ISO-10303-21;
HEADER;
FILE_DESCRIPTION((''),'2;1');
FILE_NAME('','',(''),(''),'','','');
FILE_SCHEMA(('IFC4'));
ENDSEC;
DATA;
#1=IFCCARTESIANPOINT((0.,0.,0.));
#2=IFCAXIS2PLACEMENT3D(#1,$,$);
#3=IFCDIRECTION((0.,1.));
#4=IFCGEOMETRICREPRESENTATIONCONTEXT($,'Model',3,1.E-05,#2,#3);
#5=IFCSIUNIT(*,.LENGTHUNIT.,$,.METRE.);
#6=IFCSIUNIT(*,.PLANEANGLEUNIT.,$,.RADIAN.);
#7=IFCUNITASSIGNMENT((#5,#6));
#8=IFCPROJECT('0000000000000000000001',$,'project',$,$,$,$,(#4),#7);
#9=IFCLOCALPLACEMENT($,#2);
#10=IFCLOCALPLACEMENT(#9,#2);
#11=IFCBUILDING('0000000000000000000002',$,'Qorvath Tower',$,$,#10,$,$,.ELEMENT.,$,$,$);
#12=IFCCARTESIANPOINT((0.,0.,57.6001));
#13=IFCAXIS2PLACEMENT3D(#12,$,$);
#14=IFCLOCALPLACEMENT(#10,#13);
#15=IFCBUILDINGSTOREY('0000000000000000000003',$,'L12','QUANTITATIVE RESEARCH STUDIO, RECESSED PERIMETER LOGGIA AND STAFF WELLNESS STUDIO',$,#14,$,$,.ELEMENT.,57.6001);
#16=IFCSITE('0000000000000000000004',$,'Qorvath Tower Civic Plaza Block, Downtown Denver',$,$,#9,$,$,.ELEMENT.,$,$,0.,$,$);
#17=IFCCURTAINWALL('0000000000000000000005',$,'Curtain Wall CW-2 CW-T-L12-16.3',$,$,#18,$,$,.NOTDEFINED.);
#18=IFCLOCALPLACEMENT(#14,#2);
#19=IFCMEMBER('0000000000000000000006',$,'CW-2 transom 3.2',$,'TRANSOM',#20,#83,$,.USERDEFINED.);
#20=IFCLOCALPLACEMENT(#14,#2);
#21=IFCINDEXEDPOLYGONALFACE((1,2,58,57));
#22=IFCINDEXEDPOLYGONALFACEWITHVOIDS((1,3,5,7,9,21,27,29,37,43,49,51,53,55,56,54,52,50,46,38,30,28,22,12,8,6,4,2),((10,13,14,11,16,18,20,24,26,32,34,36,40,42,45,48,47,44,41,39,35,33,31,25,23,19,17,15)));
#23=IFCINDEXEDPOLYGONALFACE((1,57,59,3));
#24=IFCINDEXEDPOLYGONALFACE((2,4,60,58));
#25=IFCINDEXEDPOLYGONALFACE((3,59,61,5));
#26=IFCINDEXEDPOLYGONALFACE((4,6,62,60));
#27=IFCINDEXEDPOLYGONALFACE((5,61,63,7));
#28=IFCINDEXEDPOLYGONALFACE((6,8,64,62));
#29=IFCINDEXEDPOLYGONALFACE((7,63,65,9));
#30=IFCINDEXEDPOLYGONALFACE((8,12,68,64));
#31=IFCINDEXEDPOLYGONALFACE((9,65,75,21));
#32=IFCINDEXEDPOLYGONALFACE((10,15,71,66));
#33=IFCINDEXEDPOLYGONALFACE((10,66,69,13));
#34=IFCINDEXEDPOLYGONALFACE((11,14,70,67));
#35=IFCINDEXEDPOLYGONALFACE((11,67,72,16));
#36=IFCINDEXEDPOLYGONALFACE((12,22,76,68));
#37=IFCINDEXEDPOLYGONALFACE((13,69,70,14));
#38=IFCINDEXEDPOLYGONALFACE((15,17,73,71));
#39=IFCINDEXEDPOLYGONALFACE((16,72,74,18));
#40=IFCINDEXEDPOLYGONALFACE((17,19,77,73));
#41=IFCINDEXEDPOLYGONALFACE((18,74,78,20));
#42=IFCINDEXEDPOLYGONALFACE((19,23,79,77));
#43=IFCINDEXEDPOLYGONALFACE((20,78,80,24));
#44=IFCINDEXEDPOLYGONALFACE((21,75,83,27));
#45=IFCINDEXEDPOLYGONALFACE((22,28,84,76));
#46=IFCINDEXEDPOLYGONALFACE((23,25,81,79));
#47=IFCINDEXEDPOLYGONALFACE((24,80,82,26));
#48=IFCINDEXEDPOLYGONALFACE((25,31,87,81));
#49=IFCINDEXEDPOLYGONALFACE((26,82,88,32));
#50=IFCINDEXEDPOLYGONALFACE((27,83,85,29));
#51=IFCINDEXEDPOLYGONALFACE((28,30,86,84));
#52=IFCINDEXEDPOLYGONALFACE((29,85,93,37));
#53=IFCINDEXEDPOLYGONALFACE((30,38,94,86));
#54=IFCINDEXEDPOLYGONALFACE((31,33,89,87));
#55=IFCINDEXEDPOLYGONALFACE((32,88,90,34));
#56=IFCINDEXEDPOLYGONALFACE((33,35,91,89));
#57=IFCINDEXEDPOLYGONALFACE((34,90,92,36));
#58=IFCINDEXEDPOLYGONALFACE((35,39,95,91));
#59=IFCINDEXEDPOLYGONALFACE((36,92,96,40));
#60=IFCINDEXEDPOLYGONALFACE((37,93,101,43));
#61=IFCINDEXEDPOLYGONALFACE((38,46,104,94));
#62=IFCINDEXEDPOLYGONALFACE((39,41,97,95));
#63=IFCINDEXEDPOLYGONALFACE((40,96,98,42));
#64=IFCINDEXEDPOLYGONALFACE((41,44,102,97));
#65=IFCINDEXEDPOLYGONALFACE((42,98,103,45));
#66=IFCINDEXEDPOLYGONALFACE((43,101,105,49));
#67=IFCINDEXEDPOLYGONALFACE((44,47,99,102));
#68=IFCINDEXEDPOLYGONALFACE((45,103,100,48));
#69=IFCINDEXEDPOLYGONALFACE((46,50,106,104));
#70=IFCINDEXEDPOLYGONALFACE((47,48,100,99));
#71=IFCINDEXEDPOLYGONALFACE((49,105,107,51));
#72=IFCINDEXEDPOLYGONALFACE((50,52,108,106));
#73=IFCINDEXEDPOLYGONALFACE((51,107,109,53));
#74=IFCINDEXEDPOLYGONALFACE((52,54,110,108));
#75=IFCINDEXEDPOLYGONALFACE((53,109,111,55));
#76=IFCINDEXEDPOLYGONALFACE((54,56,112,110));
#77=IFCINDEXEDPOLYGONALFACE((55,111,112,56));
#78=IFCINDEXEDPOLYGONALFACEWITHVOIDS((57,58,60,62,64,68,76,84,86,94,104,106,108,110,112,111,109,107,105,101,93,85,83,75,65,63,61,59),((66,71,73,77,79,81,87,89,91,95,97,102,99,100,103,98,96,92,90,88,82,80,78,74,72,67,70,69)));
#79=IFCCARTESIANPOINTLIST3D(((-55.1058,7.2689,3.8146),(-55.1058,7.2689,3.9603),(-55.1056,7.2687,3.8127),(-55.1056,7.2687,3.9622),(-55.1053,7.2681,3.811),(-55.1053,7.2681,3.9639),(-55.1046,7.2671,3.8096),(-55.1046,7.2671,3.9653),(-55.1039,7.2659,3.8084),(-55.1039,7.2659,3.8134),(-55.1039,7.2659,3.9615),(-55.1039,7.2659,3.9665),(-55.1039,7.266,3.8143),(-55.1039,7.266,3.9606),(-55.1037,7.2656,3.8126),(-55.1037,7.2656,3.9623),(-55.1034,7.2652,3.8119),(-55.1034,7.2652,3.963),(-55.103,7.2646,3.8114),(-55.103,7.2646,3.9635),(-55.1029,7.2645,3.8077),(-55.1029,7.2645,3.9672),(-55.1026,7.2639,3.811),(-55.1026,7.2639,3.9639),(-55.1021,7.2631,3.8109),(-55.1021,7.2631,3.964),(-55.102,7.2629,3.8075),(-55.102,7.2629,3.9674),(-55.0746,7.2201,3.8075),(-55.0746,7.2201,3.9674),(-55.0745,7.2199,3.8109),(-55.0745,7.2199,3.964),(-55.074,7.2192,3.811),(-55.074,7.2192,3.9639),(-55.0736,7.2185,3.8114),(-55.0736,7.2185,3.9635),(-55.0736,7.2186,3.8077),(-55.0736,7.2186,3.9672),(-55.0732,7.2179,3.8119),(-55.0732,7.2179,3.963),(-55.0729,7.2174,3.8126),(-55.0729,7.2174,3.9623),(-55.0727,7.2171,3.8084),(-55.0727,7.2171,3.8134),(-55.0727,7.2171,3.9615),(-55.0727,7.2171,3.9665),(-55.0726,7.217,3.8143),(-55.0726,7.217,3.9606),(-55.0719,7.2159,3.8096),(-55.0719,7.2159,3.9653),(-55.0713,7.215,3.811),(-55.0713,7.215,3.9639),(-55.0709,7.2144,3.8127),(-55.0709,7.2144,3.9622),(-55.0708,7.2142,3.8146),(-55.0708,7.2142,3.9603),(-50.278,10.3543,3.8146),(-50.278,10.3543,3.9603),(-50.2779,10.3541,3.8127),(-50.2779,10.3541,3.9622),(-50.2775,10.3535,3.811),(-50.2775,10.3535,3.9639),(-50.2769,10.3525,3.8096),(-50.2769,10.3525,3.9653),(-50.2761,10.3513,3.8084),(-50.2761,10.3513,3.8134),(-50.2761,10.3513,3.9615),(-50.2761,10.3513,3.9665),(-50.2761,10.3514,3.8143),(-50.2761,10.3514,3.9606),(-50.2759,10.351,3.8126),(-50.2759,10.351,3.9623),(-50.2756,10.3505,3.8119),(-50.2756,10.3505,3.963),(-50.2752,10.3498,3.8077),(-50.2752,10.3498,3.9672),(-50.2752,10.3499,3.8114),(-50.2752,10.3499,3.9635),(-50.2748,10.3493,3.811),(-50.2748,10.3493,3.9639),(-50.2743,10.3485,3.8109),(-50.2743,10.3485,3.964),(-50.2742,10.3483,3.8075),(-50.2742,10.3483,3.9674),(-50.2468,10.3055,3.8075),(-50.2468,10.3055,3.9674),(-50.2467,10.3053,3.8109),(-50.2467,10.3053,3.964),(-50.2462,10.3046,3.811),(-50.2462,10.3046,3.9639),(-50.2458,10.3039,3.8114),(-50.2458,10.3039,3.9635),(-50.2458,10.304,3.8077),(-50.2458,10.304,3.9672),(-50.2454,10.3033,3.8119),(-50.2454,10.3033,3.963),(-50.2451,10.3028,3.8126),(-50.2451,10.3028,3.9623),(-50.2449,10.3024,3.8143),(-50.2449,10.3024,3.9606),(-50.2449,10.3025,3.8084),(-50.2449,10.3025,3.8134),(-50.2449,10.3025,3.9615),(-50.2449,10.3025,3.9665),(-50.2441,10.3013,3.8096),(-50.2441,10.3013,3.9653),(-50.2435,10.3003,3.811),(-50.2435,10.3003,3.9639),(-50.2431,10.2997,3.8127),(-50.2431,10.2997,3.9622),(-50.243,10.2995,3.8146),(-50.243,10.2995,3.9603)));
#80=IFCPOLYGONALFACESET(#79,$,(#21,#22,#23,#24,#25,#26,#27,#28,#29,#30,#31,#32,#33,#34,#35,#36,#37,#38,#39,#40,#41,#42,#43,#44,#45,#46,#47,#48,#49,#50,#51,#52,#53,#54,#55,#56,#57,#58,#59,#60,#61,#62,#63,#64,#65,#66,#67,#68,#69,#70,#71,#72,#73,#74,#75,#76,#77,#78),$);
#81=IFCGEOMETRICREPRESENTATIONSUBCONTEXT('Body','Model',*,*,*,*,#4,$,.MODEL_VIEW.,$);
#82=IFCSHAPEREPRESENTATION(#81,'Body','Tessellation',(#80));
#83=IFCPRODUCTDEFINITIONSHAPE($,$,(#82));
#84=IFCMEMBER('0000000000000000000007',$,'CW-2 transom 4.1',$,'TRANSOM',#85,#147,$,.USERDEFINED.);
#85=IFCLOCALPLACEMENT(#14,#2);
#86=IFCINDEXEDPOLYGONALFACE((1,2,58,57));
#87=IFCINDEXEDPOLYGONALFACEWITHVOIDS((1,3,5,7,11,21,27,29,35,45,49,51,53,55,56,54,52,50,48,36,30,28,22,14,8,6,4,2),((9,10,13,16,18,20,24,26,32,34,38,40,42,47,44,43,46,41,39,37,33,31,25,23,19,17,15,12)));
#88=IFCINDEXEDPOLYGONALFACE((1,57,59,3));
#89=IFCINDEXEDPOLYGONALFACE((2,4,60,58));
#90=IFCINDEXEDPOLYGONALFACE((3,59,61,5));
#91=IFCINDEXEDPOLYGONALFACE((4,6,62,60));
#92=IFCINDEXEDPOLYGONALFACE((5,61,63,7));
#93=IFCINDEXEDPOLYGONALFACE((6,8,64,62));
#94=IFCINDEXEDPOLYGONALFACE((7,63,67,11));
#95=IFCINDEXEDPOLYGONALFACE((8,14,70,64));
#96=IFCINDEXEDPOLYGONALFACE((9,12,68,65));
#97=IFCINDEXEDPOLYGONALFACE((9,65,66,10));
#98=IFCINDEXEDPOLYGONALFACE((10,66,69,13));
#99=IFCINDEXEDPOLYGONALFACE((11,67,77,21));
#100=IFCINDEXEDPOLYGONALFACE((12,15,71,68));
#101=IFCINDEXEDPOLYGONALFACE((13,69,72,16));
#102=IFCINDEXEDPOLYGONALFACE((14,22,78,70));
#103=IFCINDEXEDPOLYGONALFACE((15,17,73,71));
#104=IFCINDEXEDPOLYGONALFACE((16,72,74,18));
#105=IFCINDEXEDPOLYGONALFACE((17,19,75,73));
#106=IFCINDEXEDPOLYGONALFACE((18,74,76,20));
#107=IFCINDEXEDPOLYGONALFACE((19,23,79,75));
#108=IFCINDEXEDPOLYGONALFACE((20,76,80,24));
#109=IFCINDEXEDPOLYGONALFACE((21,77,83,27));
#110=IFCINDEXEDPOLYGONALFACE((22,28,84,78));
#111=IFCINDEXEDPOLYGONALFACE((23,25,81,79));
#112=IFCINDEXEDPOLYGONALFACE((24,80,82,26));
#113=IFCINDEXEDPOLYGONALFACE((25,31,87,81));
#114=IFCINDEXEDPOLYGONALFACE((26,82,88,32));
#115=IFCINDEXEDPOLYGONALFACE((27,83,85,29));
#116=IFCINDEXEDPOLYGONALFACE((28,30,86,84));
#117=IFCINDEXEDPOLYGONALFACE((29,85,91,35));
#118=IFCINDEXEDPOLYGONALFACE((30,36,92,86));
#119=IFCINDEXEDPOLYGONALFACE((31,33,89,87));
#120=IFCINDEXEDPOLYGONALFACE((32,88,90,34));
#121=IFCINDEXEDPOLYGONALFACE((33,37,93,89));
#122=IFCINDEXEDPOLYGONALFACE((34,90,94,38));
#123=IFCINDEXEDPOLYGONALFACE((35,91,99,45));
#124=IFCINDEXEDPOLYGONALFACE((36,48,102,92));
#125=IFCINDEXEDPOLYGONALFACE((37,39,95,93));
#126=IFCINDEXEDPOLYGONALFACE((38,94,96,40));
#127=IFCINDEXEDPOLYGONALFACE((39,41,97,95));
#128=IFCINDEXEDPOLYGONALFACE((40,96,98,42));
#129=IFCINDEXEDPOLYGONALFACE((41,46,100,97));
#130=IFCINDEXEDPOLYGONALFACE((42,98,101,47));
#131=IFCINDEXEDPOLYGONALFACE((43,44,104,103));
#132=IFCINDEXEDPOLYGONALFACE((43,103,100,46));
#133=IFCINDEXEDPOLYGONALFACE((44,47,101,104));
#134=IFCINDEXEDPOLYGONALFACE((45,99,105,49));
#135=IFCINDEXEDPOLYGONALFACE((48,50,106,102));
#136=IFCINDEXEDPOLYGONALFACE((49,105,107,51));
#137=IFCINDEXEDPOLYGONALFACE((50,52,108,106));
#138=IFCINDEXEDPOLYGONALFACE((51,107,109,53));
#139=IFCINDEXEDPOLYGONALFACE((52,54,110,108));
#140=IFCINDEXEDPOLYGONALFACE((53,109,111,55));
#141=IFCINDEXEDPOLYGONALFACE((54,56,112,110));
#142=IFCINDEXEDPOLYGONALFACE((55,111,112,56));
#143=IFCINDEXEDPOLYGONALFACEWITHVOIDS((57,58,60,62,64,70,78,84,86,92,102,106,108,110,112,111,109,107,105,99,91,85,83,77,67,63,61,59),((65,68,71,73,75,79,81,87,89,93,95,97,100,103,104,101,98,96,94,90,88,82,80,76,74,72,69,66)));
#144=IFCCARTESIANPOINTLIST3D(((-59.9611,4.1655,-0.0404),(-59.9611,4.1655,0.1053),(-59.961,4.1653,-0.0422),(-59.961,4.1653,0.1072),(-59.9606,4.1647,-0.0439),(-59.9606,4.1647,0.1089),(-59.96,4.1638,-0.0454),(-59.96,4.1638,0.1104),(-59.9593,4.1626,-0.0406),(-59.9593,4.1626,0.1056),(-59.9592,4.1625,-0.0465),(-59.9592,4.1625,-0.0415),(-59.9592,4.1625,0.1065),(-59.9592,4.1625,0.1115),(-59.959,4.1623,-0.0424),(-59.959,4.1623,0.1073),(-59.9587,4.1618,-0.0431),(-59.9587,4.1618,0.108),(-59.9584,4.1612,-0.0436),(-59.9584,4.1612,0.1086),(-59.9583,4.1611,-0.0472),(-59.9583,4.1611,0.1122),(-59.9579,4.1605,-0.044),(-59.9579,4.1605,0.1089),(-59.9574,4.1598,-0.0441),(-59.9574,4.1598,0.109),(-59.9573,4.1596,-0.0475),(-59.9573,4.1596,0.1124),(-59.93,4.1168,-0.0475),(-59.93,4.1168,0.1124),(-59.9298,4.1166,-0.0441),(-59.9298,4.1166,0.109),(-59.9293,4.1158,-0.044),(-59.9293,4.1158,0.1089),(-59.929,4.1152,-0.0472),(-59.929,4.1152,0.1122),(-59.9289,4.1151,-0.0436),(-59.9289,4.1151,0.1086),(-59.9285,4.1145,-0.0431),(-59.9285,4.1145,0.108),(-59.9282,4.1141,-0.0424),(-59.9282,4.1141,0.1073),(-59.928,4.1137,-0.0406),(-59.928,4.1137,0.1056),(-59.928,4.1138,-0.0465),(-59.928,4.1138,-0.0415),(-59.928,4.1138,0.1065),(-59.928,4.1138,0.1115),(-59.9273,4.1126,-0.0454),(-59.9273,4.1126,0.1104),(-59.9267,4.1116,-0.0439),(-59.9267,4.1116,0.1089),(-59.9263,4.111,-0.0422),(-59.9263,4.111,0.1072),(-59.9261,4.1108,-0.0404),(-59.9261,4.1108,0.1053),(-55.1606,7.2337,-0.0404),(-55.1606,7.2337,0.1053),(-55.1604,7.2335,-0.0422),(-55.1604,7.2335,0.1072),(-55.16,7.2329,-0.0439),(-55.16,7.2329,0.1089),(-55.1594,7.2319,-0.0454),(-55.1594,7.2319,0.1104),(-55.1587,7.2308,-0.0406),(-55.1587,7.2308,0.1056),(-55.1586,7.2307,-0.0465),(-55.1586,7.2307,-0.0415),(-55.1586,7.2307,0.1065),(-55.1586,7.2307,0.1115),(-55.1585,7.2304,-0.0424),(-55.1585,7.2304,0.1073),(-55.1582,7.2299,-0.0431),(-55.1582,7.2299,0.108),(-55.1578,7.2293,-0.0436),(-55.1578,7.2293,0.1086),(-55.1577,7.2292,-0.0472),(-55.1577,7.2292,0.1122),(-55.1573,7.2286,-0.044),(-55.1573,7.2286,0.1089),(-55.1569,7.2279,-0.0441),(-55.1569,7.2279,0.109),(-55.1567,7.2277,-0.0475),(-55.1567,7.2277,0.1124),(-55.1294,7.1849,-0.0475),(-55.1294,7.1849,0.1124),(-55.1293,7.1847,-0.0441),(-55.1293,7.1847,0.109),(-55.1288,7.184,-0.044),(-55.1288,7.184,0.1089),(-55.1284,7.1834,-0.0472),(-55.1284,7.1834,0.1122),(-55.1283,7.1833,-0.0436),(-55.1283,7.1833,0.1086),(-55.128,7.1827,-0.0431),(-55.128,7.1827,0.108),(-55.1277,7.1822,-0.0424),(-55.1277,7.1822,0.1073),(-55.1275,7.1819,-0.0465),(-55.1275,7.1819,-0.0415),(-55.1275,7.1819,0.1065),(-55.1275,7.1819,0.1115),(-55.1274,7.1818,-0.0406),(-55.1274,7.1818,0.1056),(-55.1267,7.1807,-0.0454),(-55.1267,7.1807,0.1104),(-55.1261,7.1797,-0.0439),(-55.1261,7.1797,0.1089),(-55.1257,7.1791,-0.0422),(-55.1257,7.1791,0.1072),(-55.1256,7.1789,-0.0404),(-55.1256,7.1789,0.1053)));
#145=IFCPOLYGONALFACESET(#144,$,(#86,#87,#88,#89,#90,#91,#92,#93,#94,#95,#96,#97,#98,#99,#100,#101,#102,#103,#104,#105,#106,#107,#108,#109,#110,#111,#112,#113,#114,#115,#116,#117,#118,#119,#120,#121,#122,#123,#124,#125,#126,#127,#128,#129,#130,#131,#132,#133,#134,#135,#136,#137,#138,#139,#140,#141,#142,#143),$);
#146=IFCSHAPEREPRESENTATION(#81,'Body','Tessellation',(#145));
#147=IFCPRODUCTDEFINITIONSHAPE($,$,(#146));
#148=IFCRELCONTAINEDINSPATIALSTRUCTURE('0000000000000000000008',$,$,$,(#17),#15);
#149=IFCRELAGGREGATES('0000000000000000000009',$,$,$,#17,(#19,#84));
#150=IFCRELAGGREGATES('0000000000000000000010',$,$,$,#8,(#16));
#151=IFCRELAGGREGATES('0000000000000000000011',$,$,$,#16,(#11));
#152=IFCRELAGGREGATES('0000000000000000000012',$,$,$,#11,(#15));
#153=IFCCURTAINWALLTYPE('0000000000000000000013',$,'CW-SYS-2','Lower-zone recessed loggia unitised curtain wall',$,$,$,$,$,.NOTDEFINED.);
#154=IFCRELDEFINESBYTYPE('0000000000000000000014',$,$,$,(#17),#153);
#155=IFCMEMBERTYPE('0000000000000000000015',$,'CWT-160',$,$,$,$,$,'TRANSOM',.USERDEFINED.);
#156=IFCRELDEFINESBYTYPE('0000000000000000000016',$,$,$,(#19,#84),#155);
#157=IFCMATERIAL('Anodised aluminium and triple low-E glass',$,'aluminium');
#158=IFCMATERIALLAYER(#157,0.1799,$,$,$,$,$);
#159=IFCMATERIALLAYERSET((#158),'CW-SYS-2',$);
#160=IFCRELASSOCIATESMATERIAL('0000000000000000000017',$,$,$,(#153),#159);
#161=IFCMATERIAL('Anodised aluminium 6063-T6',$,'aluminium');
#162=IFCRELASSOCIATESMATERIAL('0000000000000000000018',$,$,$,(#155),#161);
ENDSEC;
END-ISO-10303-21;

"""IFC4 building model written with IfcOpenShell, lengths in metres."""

from ifc_helpers import new_model, si_unit, direction, frame, origin, origin_2d, place, context, subcontext, project, spatial, hollow_rectangle, extrude, material, layer, layer_set, material_profile, profile_set, type_object, element, aggregate, save


model = new_model("IFC4")

# Units and contexts
model_context = context("Model", 3, precision=1e-05, world=origin(), true_north=direction((0.0, 1.0)))
body_context = subcontext(model_context, "Body", "Model", "MODEL_VIEW")
ifc_project = project(units=[si_unit("LENGTHUNIT", "METRE"), si_unit("PLANEANGLEUNIT", "RADIAN")], contexts=[model_context])

# Site, building, storey
site_placement = place(None, origin())
site = spatial("IfcSite", under=ifc_project, at=site_placement, Name="Qorvath Tower Civic Plaza Block, Downtown Denver", CompositionType="ELEMENT", RefElevation=0.0)
building_placement = place(site_placement, origin())
building = spatial("IfcBuilding", under=site, at=building_placement, Name="Qorvath Tower", CompositionType="ELEMENT")
storey_placement = place(building_placement, frame((0.0, 0.0, 57.6001)))
storey = spatial("IfcBuildingStorey", under=building, at=storey_placement, Name="L12", Description="QUANTITATIVE RESEARCH STUDIO, RECESSED PERIMETER LOGGIA AND STAFF WELLNESS STUDIO", CompositionType="ELEMENT", Elevation=57.6001)

# Curtain wall, members
ifc_material_1 = material(Name="Anodised aluminium and triple low-E glass", Category="aluminium")
ifc_layer_1 = layer(ifc_material_1, 0.1799)
ifc_layer_set_1 = layer_set([ifc_layer_1], Name="CW-SYS-2")
curtain_wall_type = type_object("IfcCurtainWallType", Name="CW-SYS-2", Description="Lower-zone recessed loggia unitised curtain wall", PredefinedType="NOTDEFINED", material=ifc_layer_set_1)
curtain_wall_placement = place(storey_placement, origin())
curtain_wall = element("IfcCurtainWall", 1, at=curtain_wall_placement, inside=storey, type_object=curtain_wall_type, Name="Curtain Wall CW-2 CW-T-L12-16.3", PredefinedType="NOTDEFINED")
ifc_material_2 = material(Name="Anodised aluminium 6063-T6", Category="aluminium")
ifc_material_profile_1 = material_profile(ifc_material_2, hollow_rectangle(XDim=0.0649, YDim=0.1599, WallThickness=0.0034, InnerFilletRadius=0.0034, OuterFilletRadius=0.0071, at=origin_2d()), Name="CWT 160x65")
ifc_profile_set_1 = profile_set([ifc_material_profile_1], Name="Anodised aluminium 6063-T6")
member_type_1 = type_object("IfcMemberType", Name="CWT-160", ElementType="TRANSOM", PredefinedType="USERDEFINED", material=ifc_profile_set_1)
member_1_placement = place(storey_placement, frame((-50.2605, 10.3269, 3.8875), z_axis=(-0.842619, -0.538509, 0.0), x_axis=(0.538509, -0.842619, 0.0)))
member_1 = element("IfcMember", 2, at=member_1_placement, type_object=member_type_1, Name="CW-2 transom 3.2", ObjectType="TRANSOM", PredefinedType="USERDEFINED", context=body_context, shape_type="SweptSolid", body=[
    extrude(hollow_rectangle(XDim=0.0649, YDim=0.1599, WallThickness=0.0034, InnerFilletRadius=0.0034, OuterFilletRadius=0.0071, at=origin_2d()), origin(), (0.0, 0.0, 1.0), 5.7295),
])
member_2_placement = place(storey_placement, frame((-55.1431, 7.2063, 0.0325), z_axis=(-0.842608, -0.538527, 0.0), x_axis=(0.538527, -0.842608, 0.0)))
member_2 = element("IfcMember", 3, at=member_2_placement, type_object=member_type_1, Name="CW-2 transom 4.1", ObjectType="TRANSOM", PredefinedType="USERDEFINED", context=body_context, shape_type="SweptSolid", body=[
    extrude(hollow_rectangle(XDim=0.0649, YDim=0.1599, WallThickness=0.0034, InnerFilletRadius=0.0034, OuterFilletRadius=0.0071, at=origin_2d()), origin(), (0.0, 0.0, 1.0), 5.6973),
])
aggregate(curtain_wall, [member_1, member_2])

save(model, "model.ifc")
